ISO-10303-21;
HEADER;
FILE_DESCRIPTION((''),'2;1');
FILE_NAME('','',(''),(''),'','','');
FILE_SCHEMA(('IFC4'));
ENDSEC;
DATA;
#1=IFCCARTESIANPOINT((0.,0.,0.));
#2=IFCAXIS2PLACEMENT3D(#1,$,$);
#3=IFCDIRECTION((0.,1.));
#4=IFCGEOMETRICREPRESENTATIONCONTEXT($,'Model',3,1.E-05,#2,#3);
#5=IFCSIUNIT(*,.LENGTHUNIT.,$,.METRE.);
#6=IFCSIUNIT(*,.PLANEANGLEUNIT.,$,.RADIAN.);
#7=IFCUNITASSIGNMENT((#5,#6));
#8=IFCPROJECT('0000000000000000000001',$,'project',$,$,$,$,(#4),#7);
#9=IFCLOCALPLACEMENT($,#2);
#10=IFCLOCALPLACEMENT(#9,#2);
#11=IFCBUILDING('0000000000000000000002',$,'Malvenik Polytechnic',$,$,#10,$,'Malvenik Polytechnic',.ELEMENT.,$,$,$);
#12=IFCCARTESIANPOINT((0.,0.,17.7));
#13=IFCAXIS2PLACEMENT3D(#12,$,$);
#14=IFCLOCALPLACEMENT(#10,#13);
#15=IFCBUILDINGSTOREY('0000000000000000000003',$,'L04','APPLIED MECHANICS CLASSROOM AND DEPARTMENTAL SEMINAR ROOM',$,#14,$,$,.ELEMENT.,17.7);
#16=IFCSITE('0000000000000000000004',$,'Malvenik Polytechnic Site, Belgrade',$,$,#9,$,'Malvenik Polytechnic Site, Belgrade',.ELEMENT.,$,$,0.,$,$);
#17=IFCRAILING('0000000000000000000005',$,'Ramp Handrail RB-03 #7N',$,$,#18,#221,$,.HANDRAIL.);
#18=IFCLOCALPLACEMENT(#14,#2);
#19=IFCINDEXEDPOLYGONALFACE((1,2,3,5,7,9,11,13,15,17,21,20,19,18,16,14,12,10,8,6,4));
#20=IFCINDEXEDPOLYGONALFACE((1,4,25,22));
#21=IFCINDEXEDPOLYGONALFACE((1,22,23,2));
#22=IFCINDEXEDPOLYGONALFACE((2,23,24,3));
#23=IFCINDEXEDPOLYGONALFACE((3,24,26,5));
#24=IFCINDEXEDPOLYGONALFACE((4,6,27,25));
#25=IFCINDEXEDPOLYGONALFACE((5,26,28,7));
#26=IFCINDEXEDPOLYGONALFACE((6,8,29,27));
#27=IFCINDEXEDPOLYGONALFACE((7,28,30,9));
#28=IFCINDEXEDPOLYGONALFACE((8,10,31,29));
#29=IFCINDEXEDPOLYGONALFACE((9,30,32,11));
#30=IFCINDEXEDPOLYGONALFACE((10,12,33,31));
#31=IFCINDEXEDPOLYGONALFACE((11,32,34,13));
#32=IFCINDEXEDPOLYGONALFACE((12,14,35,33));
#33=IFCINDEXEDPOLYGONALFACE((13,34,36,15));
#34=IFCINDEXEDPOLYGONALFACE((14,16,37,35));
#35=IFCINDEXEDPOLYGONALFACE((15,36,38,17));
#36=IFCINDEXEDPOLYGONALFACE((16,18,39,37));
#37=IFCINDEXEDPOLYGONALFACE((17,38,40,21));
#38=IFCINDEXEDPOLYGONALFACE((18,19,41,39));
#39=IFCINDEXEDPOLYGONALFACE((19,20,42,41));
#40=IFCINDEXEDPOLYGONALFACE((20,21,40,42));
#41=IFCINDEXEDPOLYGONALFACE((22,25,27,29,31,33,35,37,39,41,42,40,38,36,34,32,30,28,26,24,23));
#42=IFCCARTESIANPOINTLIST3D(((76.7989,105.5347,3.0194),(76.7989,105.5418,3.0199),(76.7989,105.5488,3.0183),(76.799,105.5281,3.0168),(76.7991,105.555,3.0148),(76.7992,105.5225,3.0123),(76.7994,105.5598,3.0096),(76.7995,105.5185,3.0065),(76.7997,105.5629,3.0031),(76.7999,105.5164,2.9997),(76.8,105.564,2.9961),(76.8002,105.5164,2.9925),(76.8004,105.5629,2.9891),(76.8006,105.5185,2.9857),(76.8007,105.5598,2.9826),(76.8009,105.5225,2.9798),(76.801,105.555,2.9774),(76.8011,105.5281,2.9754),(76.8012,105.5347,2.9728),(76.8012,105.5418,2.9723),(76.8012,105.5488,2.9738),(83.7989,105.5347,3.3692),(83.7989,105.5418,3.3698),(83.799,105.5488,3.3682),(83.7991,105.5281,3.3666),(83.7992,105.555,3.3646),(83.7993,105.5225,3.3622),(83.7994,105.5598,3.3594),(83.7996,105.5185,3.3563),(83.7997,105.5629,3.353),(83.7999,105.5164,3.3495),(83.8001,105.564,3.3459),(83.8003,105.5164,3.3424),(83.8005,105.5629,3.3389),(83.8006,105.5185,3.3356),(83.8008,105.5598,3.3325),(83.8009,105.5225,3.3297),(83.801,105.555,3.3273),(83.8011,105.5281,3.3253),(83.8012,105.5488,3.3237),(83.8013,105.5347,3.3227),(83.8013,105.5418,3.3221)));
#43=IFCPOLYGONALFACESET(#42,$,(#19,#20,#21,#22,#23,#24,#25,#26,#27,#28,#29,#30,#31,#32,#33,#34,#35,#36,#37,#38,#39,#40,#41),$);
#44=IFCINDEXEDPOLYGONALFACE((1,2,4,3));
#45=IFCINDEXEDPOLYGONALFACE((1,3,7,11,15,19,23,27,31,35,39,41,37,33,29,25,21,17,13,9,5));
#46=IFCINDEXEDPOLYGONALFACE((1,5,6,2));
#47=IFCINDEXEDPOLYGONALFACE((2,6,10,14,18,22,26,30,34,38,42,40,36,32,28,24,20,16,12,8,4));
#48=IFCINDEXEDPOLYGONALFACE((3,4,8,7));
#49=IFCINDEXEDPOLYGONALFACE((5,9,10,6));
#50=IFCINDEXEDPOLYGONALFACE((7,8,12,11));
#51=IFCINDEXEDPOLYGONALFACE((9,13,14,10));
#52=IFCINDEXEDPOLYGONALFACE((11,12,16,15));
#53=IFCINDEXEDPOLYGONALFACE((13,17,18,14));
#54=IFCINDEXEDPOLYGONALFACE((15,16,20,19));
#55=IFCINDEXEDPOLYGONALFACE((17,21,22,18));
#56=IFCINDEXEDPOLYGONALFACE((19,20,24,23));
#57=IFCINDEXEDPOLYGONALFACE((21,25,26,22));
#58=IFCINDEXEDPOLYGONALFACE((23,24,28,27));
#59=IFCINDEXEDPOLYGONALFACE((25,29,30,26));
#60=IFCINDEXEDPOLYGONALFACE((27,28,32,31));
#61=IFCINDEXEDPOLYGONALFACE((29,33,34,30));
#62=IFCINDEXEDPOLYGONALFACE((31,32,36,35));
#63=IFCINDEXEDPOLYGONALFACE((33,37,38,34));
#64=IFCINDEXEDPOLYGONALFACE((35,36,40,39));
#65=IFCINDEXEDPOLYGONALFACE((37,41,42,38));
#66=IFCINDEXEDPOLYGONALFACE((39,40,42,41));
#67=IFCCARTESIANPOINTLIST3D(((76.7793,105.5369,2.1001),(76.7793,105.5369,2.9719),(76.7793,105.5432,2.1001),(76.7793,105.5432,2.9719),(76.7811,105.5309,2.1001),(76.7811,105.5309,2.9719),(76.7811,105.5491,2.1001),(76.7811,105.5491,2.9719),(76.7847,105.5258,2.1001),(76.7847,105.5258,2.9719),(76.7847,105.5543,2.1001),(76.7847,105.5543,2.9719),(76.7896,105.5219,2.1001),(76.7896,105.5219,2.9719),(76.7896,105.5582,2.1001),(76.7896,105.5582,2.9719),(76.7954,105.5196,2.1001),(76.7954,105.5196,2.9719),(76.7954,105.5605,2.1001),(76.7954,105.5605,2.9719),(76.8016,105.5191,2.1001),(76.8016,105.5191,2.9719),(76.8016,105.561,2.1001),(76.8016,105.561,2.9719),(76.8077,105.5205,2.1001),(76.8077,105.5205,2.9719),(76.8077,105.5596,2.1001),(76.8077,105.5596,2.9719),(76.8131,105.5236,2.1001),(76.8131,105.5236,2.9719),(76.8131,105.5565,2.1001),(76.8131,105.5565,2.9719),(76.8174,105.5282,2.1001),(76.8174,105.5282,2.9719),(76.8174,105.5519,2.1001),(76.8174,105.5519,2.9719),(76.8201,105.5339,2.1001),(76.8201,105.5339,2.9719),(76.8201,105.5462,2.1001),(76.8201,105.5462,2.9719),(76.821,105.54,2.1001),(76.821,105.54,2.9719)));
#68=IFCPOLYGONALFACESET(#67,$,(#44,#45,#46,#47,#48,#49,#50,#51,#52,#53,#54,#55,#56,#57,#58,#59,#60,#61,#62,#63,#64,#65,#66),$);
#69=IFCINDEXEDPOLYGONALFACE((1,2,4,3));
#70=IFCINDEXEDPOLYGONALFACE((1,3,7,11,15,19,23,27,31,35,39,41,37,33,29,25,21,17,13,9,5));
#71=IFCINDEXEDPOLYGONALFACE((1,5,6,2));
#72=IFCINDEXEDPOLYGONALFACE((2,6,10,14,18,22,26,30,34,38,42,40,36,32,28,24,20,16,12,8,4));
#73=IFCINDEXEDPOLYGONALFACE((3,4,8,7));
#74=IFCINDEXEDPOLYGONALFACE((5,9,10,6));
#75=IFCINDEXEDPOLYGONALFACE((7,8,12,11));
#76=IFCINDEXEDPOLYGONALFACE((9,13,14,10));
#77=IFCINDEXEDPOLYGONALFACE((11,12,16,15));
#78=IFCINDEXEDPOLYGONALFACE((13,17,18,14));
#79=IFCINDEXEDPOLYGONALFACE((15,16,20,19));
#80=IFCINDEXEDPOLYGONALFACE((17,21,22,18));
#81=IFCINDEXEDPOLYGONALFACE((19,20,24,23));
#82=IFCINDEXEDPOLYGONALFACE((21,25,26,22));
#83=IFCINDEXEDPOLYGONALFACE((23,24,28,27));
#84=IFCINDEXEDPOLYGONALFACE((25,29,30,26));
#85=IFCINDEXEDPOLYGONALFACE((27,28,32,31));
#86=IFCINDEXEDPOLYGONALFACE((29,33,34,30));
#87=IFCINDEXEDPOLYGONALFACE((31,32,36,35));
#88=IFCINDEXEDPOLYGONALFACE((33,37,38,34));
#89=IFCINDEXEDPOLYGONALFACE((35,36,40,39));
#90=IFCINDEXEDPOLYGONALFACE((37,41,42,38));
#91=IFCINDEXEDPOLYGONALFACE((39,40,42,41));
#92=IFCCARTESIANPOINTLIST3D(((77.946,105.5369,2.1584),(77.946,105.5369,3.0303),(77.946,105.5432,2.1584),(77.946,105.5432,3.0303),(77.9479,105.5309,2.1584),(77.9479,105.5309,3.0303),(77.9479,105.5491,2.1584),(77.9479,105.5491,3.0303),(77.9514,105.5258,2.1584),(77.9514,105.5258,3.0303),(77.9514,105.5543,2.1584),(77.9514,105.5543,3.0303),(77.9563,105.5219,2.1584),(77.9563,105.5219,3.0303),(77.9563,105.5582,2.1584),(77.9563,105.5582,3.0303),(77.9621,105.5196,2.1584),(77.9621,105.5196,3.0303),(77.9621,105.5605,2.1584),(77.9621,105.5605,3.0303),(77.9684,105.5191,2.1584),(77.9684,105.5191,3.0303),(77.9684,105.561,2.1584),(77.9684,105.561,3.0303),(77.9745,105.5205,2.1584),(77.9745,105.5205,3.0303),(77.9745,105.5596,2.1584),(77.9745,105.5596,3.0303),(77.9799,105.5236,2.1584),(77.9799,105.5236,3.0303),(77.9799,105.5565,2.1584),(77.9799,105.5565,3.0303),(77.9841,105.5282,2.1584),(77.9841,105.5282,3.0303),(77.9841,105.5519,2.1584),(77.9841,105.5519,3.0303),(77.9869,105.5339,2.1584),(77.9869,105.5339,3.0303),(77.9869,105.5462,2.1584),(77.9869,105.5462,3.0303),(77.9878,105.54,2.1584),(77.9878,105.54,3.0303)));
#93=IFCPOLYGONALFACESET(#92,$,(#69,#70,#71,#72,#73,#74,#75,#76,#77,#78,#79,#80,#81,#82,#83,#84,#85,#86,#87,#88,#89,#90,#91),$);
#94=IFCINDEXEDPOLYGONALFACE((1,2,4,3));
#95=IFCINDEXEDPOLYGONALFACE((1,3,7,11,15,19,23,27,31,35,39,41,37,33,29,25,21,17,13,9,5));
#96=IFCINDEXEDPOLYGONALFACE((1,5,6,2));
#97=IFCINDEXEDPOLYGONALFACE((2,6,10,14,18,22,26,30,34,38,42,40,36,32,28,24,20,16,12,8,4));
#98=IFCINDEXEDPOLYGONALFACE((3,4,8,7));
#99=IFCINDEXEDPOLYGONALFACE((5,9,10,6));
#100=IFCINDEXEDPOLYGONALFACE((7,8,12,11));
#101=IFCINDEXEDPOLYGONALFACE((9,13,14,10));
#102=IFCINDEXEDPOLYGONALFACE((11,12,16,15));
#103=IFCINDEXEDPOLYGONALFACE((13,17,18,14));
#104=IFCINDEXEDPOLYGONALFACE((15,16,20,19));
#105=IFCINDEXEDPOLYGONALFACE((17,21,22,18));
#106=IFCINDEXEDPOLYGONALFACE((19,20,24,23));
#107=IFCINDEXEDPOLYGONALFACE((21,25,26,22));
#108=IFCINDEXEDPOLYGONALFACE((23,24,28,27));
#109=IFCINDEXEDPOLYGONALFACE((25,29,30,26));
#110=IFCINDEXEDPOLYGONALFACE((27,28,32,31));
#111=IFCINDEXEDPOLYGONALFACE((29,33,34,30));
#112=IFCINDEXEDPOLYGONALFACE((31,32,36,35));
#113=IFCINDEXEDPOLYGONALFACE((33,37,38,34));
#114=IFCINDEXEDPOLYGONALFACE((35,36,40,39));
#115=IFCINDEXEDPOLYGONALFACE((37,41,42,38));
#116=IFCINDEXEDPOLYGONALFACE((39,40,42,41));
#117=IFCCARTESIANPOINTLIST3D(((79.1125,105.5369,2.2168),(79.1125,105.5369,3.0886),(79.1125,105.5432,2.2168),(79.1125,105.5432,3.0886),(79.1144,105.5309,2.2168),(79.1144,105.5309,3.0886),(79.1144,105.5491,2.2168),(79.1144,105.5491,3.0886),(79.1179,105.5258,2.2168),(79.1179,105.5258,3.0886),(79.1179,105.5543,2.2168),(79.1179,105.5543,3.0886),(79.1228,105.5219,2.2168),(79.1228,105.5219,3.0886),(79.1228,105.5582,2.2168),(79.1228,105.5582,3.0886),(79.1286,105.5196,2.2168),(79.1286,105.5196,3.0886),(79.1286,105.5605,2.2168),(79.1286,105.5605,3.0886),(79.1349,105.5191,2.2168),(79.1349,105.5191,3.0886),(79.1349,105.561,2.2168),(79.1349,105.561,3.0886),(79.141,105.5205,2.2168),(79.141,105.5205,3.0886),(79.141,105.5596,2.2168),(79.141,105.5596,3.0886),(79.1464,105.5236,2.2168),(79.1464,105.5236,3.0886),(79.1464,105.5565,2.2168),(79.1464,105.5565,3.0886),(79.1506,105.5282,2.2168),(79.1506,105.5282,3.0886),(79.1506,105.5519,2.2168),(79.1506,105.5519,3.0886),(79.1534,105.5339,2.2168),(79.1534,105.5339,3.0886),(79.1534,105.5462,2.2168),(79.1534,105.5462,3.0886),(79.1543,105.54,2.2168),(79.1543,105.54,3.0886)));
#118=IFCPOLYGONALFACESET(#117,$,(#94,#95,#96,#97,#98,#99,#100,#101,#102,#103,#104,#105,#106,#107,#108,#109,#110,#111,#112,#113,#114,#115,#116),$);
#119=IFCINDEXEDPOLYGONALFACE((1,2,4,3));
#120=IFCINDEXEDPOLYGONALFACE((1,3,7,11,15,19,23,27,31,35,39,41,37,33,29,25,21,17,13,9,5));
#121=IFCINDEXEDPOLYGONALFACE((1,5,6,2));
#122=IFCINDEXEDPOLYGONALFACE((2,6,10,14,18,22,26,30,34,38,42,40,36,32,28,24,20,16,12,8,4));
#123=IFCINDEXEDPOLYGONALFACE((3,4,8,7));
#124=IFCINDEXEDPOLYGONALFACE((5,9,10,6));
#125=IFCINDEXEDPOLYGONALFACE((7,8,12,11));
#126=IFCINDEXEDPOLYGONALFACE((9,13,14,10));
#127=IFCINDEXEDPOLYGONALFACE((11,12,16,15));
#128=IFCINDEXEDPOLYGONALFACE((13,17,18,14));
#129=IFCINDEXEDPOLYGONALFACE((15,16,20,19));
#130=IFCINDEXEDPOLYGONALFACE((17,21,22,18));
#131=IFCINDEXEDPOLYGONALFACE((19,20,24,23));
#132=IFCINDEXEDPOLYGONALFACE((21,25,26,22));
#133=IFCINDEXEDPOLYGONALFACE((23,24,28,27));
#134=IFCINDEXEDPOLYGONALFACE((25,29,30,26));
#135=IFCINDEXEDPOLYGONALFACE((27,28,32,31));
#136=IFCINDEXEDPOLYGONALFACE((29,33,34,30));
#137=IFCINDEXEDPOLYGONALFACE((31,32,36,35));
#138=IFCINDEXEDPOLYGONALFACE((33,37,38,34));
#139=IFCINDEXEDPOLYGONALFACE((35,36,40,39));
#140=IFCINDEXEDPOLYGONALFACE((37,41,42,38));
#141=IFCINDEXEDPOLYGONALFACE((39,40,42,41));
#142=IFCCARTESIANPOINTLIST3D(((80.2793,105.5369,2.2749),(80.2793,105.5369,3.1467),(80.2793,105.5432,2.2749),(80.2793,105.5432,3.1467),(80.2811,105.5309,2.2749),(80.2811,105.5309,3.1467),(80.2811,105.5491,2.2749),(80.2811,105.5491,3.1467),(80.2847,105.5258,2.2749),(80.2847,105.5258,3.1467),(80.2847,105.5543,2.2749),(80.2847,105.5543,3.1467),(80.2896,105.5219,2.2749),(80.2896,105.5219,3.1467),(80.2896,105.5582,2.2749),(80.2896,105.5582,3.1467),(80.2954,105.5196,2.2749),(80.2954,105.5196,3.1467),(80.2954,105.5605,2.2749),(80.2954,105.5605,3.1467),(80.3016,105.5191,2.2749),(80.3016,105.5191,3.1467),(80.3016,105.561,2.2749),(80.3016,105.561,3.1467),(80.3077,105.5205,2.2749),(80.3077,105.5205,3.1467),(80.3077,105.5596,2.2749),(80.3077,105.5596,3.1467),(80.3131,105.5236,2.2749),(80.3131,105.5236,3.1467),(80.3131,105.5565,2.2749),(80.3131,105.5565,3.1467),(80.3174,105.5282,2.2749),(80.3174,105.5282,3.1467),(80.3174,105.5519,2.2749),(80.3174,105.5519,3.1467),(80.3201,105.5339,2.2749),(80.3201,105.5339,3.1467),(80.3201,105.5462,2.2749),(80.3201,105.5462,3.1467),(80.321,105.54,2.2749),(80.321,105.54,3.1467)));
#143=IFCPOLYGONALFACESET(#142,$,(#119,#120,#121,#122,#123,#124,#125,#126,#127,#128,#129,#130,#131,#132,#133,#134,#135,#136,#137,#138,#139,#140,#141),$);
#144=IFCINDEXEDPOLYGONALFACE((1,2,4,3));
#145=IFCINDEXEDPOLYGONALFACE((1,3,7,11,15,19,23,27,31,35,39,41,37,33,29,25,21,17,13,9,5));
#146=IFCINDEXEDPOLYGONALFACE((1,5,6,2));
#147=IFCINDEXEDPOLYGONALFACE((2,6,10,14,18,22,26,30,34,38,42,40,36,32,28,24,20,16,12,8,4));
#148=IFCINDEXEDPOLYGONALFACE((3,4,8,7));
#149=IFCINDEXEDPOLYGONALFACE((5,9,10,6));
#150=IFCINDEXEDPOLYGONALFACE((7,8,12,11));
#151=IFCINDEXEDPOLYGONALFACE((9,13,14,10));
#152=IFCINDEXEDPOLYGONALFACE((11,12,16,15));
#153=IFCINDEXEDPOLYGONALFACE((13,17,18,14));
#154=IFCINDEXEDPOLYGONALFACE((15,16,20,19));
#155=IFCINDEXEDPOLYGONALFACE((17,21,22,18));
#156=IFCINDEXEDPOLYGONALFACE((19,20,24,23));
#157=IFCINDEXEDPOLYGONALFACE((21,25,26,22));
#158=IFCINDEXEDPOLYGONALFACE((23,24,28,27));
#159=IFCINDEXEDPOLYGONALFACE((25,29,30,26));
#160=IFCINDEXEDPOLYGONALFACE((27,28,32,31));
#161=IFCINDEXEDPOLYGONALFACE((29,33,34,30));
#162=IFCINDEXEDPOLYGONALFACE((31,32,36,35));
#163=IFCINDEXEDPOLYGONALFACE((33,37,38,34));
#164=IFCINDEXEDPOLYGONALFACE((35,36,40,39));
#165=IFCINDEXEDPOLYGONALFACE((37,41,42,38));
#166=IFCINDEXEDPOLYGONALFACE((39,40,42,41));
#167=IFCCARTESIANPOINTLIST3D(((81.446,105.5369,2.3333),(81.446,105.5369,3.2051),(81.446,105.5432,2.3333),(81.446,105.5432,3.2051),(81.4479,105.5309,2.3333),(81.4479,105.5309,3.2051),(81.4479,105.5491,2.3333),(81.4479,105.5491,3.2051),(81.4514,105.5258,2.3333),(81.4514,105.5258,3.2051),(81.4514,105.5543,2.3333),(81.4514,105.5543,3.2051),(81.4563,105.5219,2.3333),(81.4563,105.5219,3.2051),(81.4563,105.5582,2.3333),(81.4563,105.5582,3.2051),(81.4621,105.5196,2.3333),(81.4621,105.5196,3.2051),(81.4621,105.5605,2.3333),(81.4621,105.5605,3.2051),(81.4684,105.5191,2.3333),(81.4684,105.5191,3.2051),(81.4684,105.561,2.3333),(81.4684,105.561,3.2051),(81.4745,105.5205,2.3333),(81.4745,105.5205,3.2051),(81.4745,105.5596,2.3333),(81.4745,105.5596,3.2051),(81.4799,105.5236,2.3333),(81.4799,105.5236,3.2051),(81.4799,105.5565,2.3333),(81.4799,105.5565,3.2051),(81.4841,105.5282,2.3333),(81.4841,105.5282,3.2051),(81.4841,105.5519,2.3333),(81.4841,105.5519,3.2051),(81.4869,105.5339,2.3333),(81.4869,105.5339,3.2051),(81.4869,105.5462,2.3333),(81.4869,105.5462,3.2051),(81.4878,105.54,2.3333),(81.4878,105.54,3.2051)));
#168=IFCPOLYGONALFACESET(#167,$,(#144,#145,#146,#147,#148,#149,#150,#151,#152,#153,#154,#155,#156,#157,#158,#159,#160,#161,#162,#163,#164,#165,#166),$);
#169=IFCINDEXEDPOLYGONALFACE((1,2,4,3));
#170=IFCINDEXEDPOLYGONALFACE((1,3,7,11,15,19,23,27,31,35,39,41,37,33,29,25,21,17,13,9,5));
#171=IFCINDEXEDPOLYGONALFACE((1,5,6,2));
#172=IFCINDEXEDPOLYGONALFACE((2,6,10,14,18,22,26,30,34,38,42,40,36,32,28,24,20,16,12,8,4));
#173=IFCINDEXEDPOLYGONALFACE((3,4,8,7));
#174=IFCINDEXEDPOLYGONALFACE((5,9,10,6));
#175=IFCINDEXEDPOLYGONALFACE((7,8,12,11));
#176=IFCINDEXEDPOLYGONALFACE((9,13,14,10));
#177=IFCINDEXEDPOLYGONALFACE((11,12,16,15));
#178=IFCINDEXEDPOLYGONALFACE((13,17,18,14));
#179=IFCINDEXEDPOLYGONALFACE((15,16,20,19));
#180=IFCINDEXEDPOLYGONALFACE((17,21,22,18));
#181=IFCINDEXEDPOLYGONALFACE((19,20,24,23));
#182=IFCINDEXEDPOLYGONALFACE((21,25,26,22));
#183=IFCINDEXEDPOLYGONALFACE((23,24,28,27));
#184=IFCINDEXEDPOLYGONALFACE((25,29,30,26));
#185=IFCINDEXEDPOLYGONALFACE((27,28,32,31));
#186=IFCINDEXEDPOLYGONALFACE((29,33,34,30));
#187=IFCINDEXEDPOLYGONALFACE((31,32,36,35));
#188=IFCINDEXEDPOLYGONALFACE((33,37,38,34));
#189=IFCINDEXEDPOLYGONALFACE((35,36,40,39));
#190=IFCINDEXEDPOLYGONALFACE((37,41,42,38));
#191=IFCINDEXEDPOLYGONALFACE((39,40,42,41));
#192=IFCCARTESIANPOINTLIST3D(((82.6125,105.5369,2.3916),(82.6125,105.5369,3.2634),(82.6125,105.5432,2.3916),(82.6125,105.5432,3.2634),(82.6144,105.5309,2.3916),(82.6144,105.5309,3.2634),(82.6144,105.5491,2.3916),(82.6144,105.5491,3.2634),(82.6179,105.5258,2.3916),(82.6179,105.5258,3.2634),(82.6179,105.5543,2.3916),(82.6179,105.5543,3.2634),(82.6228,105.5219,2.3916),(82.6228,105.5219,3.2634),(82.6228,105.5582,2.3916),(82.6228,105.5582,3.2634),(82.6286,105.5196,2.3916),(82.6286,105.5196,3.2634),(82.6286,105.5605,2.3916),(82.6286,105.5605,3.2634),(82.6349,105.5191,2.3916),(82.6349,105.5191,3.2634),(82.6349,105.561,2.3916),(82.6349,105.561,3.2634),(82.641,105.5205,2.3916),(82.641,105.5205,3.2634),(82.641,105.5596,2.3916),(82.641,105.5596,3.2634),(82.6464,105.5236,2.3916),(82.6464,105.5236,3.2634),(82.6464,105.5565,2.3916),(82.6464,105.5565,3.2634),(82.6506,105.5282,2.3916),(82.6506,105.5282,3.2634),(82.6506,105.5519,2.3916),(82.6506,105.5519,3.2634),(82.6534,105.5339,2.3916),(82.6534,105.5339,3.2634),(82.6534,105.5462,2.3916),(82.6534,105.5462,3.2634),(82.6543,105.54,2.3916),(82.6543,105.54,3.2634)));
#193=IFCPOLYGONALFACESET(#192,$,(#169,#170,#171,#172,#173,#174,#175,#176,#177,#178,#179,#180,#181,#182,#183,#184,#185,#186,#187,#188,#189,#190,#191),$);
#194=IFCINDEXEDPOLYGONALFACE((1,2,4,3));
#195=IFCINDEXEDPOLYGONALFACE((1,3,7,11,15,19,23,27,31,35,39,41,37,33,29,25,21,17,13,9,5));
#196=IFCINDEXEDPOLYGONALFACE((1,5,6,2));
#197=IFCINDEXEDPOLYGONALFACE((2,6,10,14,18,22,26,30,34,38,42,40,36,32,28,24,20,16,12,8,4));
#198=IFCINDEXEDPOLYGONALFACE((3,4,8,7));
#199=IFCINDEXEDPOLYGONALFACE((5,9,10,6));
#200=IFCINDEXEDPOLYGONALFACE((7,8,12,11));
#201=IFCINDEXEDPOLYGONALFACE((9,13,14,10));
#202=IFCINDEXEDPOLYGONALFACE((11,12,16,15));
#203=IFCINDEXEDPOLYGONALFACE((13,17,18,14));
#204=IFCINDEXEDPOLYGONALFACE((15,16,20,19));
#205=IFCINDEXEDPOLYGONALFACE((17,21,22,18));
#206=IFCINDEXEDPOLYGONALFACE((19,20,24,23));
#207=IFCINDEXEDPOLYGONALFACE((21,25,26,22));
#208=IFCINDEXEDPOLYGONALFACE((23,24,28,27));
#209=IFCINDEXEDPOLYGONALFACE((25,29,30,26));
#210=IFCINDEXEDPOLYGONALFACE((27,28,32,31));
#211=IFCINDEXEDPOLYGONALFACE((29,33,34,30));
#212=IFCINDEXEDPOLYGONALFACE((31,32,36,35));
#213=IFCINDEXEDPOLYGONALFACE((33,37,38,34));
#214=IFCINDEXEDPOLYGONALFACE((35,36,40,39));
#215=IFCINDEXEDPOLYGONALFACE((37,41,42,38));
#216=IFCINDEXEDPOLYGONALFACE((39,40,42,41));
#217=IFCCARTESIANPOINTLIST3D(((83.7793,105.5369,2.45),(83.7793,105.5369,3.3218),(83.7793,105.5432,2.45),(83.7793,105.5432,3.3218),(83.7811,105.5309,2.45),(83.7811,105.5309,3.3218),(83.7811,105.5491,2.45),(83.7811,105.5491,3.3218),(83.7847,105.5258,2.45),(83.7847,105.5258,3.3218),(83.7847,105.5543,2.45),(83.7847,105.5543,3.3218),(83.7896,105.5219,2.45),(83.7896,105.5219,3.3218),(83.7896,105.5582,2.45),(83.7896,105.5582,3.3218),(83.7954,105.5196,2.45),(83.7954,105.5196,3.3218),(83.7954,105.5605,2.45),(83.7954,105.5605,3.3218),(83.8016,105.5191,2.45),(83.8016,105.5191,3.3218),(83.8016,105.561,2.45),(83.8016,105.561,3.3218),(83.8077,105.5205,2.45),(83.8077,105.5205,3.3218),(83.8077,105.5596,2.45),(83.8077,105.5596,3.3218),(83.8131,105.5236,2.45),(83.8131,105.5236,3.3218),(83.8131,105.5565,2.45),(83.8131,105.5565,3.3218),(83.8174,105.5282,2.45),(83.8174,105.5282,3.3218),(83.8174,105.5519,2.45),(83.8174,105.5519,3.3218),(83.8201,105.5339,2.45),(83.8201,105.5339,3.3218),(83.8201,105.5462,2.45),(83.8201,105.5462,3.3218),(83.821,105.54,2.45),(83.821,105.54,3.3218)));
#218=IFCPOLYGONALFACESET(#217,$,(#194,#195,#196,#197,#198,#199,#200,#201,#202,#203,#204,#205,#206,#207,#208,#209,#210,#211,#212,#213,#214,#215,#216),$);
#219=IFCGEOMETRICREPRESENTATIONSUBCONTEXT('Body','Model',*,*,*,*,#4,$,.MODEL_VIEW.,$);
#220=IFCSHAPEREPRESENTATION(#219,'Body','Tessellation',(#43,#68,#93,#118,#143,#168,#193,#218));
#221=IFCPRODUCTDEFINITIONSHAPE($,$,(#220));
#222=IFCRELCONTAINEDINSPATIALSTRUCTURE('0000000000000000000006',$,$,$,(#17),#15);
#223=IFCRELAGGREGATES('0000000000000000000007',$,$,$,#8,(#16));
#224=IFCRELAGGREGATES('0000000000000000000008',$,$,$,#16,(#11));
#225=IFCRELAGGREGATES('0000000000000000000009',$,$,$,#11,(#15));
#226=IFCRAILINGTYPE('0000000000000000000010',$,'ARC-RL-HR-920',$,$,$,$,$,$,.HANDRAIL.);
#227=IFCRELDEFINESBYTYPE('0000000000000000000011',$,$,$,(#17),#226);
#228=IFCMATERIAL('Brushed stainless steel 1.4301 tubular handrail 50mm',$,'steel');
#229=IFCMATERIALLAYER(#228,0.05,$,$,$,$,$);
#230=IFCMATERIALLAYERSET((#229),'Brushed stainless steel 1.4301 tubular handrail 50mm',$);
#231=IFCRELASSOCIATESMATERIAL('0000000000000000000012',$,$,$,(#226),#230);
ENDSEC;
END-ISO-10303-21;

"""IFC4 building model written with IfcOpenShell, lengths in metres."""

from ifc_helpers import new_model, si_unit, direction, frame, origin, origin_2d, place, context, subcontext, project, spatial, circle, extrude, material, layer, layer_set, type_object, element, save


model = new_model("IFC4")

# Units and contexts
model_context = context("Model", 3, precision=1e-05, world=origin(), true_north=direction((0.0, 1.0)))
body_context = subcontext(model_context, "Body", "Model", "MODEL_VIEW")
ifc_project = project(units=[si_unit("LENGTHUNIT", "METRE"), si_unit("PLANEANGLEUNIT", "RADIAN")], contexts=[model_context])

# Site, building, storey
site_placement = place(None, origin())
site = spatial("IfcSite", under=ifc_project, at=site_placement, Name="Malvenik Polytechnic Site, Belgrade", LongName="Malvenik Polytechnic Site, Belgrade", CompositionType="ELEMENT", RefElevation=0.0)
building_placement = place(site_placement, origin())
building = spatial("IfcBuilding", under=site, at=building_placement, Name="Malvenik Polytechnic", LongName="Malvenik Polytechnic", CompositionType="ELEMENT")
storey_placement = place(building_placement, frame((0.0, 0.0, 17.7)))
storey = spatial("IfcBuildingStorey", under=building, at=storey_placement, Name="L04", Description="APPLIED MECHANICS CLASSROOM AND DEPARTMENTAL SEMINAR ROOM", CompositionType="ELEMENT", Elevation=17.7)

# Railing
ifc_material_1 = material(Name="Brushed stainless steel 1.4301 tubular handrail 50mm", Category="steel")
ifc_layer_1 = layer(ifc_material_1, 0.05)
ifc_layer_set_1 = layer_set([ifc_layer_1], Name="Brushed stainless steel 1.4301 tubular handrail 50mm")
railing_type_1 = type_object("IfcRailingType", Name="ARC-RL-HR-920", PredefinedType="HANDRAIL", material=ifc_layer_set_1)
railing_1_placement = place(storey_placement, frame((76.8, 105.54, 2.1001)))
element("IfcRailing", 1, at=railing_1_placement, inside=storey, type_object=railing_type_1, Name="Ramp Handrail RB-03 #7N", PredefinedType="HANDRAIL", context=body_context, shape_type="SweptSolid", body=[
    extrude(circle(Radius=0.0239, at=origin_2d()), frame((0.0, 0.0, 0.896), z_axis=(0.998753, 0.0, 0.049917), x_axis=(0.0, 1.0, 0.0)), (0.0, 0.0, 1.0), 7.0088),
    extrude(circle(Radius=0.021, at=origin_2d()), origin(), (0.0, 0.0, 1.0), 0.8718),
    extrude(circle(Radius=0.021, at=origin_2d()), frame((1.1667, 0.0, 0.0583)), (0.0, 0.0, 1.0), 0.8718),
    extrude(circle(Radius=0.021, at=origin_2d()), frame((2.3333, 0.0, 0.1167)), (0.0, 0.0, 1.0), 0.8718),
    extrude(circle(Radius=0.021, at=origin_2d()), frame((3.5, 0.0, 0.1748)), (0.0, 0.0, 1.0), 0.8718),
    extrude(circle(Radius=0.021, at=origin_2d()), frame((4.6667, 0.0, 0.2332)), (0.0, 0.0, 1.0), 0.8718),
    extrude(circle(Radius=0.021, at=origin_2d()), frame((5.8333, 0.0, 0.2915)), (0.0, 0.0, 1.0), 0.8718),
    extrude(circle(Radius=0.021, at=origin_2d()), frame((7.0, 0.0, 0.3499)), (0.0, 0.0, 1.0), 0.8718),
])

save(model, "model.ifc")
